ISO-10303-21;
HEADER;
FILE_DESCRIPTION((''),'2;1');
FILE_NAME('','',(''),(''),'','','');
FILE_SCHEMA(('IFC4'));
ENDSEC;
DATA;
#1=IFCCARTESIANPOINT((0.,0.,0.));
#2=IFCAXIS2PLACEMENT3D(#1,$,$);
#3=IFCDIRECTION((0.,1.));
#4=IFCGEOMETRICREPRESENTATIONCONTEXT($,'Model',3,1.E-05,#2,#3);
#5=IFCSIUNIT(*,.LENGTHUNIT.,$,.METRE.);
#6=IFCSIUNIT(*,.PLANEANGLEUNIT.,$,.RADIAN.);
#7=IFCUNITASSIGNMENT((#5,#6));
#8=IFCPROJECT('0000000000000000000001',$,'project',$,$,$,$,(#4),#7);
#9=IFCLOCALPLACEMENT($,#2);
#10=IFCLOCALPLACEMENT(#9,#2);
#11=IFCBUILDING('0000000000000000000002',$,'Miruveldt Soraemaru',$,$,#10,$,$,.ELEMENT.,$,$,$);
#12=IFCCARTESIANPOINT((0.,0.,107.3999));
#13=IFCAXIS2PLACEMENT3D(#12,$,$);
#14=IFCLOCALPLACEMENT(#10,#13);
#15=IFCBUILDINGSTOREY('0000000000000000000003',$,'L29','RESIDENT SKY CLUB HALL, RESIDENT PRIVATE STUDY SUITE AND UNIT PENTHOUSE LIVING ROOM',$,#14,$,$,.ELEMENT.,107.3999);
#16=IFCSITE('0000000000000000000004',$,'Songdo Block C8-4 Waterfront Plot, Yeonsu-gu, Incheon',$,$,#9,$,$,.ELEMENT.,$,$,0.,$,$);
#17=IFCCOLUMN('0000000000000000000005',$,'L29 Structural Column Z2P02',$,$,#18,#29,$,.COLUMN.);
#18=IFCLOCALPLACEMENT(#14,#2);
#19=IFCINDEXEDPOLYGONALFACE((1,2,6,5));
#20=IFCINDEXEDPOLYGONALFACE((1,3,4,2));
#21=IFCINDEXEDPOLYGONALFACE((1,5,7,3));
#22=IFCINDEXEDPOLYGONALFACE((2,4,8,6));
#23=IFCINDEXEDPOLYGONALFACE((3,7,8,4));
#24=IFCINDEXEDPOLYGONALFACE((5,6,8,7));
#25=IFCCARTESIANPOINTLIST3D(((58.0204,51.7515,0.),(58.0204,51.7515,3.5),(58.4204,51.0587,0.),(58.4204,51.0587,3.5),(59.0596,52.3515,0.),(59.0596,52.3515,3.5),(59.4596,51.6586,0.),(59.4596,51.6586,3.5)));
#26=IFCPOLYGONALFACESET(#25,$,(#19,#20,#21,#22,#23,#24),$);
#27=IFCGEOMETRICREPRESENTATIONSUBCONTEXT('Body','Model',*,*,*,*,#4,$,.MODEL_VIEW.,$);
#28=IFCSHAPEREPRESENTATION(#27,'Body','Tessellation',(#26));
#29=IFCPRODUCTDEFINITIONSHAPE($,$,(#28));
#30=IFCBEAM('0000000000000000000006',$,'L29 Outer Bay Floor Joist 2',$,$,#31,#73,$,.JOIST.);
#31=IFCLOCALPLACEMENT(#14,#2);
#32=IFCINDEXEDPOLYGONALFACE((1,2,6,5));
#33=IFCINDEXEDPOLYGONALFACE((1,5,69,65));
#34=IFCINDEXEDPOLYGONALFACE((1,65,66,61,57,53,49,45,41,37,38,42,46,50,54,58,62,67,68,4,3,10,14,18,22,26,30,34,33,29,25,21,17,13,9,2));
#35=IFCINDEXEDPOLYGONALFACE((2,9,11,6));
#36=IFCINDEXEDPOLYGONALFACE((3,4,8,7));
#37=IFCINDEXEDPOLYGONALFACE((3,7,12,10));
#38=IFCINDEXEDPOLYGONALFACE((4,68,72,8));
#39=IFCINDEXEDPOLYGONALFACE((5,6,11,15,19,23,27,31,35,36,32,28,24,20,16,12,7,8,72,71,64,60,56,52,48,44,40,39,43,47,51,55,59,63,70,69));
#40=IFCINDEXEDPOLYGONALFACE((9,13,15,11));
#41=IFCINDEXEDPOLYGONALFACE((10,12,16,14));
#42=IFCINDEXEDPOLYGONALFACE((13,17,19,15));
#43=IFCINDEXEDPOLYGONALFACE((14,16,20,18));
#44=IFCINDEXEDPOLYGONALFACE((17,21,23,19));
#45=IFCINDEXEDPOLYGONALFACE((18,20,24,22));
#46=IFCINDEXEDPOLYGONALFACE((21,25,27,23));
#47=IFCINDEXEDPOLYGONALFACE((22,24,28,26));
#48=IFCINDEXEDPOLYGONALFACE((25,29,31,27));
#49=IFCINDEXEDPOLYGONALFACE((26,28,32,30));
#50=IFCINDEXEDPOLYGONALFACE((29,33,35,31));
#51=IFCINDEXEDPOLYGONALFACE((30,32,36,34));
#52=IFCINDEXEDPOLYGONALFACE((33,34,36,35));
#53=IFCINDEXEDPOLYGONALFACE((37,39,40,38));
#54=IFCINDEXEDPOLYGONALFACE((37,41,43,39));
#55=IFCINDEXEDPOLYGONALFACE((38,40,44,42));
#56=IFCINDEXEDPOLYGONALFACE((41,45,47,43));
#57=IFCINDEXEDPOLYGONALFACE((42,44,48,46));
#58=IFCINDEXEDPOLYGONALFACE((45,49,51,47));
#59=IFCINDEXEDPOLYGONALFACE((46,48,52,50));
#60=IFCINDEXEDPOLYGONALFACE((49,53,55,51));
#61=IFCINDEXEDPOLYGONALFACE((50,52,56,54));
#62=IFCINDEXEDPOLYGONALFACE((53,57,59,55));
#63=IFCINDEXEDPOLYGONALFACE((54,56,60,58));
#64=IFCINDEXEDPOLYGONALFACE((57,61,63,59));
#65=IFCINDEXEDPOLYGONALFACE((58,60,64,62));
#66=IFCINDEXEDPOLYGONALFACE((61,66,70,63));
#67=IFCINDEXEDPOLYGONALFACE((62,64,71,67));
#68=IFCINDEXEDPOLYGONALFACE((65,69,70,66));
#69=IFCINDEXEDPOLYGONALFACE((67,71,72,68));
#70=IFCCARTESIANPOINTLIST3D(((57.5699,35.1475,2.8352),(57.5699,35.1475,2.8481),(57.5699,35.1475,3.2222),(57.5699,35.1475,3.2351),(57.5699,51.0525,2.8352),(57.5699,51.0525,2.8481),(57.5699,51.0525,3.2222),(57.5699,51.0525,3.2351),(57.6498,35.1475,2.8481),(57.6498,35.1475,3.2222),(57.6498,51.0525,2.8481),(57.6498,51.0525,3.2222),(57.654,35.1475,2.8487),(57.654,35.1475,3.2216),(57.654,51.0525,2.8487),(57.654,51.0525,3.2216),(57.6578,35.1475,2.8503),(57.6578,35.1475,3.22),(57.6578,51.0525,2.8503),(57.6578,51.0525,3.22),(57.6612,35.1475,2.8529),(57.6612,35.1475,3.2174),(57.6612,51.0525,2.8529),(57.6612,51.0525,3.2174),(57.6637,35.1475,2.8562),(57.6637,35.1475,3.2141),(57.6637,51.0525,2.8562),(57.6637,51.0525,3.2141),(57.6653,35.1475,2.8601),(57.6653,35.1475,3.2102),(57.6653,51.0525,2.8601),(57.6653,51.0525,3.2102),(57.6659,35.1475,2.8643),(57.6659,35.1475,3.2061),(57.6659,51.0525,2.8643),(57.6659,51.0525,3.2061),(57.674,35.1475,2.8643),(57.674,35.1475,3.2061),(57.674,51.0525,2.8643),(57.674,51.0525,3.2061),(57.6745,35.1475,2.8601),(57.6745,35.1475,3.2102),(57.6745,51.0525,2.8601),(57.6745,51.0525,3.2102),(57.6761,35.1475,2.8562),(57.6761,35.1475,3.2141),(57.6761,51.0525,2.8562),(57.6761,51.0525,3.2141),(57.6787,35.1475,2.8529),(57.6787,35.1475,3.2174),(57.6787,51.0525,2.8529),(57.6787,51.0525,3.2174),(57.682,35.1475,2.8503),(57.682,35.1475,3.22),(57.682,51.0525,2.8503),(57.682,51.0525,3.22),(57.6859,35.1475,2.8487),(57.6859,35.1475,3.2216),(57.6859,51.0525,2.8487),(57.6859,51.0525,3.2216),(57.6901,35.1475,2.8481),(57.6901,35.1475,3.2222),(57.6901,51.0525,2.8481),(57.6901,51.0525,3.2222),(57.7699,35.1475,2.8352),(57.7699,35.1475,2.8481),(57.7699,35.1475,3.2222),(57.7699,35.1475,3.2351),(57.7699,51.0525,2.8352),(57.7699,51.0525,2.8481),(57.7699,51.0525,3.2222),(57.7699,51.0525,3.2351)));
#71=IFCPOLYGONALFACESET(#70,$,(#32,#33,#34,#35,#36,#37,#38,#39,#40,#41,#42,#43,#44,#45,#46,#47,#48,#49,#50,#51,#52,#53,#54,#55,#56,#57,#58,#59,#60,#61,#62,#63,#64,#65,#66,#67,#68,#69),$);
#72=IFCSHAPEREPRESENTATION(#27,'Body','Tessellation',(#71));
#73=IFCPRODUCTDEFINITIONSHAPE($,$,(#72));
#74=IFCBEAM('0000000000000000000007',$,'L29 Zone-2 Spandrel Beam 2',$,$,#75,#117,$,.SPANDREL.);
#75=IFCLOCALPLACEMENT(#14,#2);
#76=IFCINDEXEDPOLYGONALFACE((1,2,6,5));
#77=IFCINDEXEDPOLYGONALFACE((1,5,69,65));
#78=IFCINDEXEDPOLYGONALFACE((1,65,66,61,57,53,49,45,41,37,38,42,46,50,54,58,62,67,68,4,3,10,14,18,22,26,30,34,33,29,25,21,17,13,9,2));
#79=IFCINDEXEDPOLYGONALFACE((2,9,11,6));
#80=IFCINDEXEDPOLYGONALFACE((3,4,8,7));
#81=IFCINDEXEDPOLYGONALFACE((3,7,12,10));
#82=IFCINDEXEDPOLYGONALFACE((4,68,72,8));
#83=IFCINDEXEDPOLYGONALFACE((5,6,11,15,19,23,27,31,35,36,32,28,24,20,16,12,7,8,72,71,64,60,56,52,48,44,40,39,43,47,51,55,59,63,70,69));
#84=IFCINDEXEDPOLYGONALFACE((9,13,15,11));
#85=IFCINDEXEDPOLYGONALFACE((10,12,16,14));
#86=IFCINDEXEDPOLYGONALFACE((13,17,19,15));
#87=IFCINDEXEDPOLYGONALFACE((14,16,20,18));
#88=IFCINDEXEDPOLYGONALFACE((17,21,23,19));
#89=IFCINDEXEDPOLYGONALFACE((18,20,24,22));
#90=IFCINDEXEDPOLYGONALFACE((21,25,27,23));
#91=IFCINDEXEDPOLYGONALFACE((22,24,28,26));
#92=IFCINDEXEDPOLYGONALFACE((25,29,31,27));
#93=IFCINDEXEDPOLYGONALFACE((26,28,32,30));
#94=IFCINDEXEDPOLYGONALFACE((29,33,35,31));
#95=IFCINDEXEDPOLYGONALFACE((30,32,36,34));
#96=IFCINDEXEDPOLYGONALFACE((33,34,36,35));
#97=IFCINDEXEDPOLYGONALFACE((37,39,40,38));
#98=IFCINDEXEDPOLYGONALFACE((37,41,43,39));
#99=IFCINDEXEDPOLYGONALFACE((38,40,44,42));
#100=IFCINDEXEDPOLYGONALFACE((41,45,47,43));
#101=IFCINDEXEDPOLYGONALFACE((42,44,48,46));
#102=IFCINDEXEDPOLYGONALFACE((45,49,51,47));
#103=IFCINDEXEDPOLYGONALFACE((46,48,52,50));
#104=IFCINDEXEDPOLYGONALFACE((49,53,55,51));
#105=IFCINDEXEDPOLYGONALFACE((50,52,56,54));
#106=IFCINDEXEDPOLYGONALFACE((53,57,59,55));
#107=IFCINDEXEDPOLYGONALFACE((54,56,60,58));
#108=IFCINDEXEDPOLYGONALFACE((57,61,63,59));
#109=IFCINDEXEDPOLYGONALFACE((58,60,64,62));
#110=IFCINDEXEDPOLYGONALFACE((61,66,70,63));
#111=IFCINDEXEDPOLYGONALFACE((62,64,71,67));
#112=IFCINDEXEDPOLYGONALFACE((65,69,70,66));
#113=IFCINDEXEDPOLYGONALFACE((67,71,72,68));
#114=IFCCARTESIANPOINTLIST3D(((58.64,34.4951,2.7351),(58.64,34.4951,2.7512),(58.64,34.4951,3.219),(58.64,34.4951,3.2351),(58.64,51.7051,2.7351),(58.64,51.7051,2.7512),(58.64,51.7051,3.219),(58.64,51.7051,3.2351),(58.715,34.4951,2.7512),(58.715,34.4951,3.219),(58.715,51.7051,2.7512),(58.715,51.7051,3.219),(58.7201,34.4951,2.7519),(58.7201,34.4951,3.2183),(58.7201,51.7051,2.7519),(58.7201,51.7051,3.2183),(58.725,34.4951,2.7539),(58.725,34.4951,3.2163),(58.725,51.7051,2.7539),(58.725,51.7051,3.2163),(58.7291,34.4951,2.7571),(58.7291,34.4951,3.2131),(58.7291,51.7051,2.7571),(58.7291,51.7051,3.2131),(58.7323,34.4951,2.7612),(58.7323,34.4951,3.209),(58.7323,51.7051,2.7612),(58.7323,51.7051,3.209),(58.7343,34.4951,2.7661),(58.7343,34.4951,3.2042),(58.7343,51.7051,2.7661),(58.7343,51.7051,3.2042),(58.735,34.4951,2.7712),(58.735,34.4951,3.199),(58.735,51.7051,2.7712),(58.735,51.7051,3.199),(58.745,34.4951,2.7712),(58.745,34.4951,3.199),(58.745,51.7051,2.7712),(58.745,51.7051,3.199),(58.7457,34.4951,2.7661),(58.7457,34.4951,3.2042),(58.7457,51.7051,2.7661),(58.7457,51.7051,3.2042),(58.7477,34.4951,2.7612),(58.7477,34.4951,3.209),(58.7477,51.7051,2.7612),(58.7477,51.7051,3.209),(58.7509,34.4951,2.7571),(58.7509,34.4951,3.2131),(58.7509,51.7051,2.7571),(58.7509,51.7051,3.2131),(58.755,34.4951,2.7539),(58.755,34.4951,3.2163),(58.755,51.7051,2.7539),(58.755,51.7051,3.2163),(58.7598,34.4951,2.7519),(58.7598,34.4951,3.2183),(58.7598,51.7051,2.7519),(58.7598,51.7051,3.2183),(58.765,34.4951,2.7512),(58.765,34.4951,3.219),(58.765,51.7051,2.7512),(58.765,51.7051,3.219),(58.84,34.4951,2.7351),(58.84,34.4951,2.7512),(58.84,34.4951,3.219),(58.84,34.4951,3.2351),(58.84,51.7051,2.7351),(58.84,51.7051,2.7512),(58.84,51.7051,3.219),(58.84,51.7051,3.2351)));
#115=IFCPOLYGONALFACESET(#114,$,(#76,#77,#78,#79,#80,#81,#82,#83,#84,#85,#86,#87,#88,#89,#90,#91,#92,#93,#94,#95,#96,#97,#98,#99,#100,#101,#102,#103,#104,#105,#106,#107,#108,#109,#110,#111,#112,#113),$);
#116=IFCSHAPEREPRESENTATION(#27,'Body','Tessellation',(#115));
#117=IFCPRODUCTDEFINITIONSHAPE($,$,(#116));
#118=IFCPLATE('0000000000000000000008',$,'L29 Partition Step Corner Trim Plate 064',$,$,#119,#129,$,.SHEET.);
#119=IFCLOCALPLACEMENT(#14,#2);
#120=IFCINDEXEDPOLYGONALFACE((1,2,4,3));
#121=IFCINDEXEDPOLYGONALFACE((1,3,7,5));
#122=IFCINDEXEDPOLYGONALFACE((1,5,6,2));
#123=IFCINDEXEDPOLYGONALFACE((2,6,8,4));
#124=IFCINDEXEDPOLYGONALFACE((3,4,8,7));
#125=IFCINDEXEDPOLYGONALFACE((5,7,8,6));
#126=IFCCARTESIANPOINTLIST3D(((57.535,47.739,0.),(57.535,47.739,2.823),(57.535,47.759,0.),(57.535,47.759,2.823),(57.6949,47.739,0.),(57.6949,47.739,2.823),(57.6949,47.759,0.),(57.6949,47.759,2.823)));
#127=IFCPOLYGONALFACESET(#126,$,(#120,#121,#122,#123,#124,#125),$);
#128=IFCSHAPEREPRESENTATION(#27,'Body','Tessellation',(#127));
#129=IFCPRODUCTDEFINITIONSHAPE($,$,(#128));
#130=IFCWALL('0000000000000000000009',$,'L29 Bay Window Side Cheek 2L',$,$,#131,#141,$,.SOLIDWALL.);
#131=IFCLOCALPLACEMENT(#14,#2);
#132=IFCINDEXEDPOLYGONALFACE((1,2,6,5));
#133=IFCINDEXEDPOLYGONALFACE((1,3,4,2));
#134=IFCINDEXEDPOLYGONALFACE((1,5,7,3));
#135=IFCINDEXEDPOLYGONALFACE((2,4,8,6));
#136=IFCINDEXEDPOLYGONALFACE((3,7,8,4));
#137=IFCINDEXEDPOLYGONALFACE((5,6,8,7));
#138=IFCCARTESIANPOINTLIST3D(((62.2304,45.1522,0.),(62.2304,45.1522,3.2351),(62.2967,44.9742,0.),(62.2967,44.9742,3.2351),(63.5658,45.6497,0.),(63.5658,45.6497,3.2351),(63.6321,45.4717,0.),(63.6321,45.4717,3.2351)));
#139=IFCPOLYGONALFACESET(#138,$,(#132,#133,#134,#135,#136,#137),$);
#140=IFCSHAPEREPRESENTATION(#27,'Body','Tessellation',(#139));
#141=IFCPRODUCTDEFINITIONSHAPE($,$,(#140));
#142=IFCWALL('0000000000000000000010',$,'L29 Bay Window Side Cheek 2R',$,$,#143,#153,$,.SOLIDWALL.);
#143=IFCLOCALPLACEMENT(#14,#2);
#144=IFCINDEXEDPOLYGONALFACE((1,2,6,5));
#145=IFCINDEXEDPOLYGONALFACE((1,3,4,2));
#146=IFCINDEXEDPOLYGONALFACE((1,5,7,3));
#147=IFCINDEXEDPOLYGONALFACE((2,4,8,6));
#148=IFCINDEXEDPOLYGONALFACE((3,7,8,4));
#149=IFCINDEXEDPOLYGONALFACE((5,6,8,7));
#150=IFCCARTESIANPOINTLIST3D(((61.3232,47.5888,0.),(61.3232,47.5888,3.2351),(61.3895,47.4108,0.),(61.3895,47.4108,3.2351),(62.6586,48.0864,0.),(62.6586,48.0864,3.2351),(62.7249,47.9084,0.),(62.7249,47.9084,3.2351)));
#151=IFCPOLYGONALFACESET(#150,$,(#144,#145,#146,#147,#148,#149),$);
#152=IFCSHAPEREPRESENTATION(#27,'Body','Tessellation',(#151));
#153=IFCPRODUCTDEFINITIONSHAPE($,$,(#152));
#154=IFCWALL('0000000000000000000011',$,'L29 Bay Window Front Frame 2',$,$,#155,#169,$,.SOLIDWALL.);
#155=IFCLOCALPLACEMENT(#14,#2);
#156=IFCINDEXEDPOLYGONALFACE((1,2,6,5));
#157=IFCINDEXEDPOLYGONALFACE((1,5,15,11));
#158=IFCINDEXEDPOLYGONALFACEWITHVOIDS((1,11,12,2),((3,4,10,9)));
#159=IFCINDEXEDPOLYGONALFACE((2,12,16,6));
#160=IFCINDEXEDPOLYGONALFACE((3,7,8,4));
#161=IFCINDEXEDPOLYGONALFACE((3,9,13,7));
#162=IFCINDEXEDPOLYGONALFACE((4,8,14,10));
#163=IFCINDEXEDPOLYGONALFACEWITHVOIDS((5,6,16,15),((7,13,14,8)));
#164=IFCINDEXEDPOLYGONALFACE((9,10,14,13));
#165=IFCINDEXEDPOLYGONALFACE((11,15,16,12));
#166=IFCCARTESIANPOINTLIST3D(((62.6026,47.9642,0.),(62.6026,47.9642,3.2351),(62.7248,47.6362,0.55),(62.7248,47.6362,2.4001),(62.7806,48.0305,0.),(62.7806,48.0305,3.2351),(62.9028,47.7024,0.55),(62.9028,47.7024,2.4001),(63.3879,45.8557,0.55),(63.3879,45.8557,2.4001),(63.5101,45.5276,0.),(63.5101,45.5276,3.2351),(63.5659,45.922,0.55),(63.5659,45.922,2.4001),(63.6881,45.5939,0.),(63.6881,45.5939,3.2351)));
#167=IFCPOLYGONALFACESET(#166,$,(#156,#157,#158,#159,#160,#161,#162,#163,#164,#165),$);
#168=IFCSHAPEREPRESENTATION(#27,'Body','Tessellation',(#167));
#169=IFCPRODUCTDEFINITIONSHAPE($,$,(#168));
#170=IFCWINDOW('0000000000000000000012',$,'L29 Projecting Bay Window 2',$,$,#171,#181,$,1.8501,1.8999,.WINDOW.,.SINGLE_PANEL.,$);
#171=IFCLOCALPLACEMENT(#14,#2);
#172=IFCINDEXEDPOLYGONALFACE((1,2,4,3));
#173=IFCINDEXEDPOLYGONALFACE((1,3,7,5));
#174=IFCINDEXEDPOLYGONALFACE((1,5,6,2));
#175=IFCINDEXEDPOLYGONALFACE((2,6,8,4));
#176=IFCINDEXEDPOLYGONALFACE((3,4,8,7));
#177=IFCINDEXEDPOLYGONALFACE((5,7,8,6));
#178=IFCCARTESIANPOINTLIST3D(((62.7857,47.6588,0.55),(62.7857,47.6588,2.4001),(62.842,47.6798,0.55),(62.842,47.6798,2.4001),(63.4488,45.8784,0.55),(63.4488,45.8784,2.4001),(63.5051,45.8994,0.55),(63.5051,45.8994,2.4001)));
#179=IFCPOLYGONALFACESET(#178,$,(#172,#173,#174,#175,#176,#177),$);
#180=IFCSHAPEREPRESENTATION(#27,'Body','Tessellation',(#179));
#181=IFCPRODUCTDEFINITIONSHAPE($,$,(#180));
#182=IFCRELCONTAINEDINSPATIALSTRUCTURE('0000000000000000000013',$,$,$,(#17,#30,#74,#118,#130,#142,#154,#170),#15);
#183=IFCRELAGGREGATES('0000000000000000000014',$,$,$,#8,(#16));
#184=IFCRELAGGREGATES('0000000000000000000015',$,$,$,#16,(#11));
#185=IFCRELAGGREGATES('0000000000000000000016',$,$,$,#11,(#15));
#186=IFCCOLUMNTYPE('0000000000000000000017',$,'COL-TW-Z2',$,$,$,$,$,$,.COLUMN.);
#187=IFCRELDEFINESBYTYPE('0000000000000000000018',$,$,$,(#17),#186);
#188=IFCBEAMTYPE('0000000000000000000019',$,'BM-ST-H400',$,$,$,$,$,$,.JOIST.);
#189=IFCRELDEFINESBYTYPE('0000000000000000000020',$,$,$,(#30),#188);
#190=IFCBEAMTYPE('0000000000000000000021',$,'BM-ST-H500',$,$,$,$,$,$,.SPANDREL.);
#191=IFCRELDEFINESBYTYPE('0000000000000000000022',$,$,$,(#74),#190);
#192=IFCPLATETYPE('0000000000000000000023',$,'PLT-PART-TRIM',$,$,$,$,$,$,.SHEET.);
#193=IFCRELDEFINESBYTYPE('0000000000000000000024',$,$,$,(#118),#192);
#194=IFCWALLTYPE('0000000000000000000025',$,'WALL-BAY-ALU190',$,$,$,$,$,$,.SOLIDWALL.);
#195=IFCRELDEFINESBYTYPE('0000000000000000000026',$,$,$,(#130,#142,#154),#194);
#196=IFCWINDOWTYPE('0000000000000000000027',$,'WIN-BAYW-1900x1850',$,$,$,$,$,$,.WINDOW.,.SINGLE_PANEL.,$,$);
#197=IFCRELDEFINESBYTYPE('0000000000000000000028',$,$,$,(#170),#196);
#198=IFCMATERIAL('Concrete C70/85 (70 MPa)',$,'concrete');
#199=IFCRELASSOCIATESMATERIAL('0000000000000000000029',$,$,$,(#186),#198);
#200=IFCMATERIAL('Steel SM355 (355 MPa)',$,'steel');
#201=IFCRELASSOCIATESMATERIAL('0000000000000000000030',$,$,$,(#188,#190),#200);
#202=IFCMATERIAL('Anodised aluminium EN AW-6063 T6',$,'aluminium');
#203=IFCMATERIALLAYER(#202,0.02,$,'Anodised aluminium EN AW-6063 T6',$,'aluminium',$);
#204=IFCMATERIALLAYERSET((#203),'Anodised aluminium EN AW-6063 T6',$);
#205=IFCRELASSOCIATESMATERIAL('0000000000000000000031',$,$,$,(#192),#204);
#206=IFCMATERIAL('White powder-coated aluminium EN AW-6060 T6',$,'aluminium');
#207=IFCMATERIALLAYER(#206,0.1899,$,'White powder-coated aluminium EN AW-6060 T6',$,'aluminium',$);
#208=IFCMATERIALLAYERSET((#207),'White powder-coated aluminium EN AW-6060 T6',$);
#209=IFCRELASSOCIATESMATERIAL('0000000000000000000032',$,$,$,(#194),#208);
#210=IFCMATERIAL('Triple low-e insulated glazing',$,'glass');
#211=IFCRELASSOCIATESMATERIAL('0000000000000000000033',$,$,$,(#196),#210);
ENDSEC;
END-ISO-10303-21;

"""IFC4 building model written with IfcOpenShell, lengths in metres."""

from ifc_helpers import new_model, si_unit, direction, frame, frame_2d, origin, origin_2d, place, context, subcontext, project, spatial, rectangle, i_section, extrude, material, layer, layer_set, material_profile, profile_set, type_object, element, fill, save


model = new_model("IFC4")

# Units and contexts
model_context = context("Model", 3, precision=1e-05, world=origin(), true_north=direction((0.0, 1.0)))
body_context = subcontext(model_context, "Body", "Model", "MODEL_VIEW")
ifc_project = project(units=[si_unit("LENGTHUNIT", "METRE"), si_unit("PLANEANGLEUNIT", "RADIAN")], contexts=[model_context])

# Site, building, storey
site_placement = place(None, origin())
site = spatial("IfcSite", under=ifc_project, at=site_placement, Name="Songdo Block C8-4 Waterfront Plot, Yeonsu-gu, Incheon", CompositionType="ELEMENT", RefElevation=0.0)
building_placement = place(site_placement, origin())
building = spatial("IfcBuilding", under=site, at=building_placement, Name="Miruveldt Soraemaru", CompositionType="ELEMENT")
storey_placement = place(building_placement, frame((0.0, 0.0, 107.3999)))
storey = spatial("IfcBuildingStorey", under=building, at=storey_placement, Name="L29", Description="RESIDENT SKY CLUB HALL, RESIDENT PRIVATE STUDY SUITE AND UNIT PENTHOUSE LIVING ROOM", CompositionType="ELEMENT", Elevation=107.3999)

# Column
ifc_material_1 = material(Name="Concrete C70/85 (70 MPa)", Category="concrete")
ifc_material_profile_1 = material_profile(ifc_material_1, rectangle(XDim=1.2, YDim=0.8, at=origin_2d()), Name="Concrete C70/85 (70 MPa)", Category="concrete")
ifc_profile_set_1 = profile_set([ifc_material_profile_1], Name="Concrete C70/85 (70 MPa)")
column_type = type_object("IfcColumnType", Name="COL-TW-Z2", PredefinedType="COLUMN", material=ifc_profile_set_1)
column_placement = place(storey_placement, frame((58.74, 51.7051, 0.0), z_axis=(0.0, 0.0, 1.0), x_axis=(0.866025, 0.5, 0.0)))
element("IfcColumn", 1, at=column_placement, inside=storey, type_object=column_type, Name="L29 Structural Column Z2P02", PredefinedType="COLUMN", context=body_context, shape_type="SweptSolid", body=[
    extrude(rectangle(XDim=1.2, YDim=0.8, at=origin_2d()), origin(), (0.0, 0.0, 1.0), 3.5),
])

# Beams
ifc_material_2 = material(Name="Steel SM355 (355 MPa)", Category="steel")
ifc_material_profile_2 = material_profile(ifc_material_2, i_section(OverallWidth=0.2, OverallDepth=0.3999, WebThickness=0.0081, FlangeThickness=0.0129, FilletRadius=0.0161, at=origin_2d()), Name="Steel SM355 (355 MPa)", Category="steel")
ifc_profile_set_2 = profile_set([ifc_material_profile_2], Name="Steel SM355 (355 MPa)")
beam_type_1 = type_object("IfcBeamType", Name="BM-ST-H400", PredefinedType="JOIST", material=ifc_profile_set_2)
beam_1_placement = place(storey_placement, frame((57.6699, 51.0525, 3.0352), z_axis=(0.0, -1.0, 0.0), x_axis=(1.0, 0.0, 0.0)))
element("IfcBeam", 2, at=beam_1_placement, inside=storey, type_object=beam_type_1, Name="L29 Outer Bay Floor Joist 2", PredefinedType="JOIST", context=body_context, shape_type="SweptSolid", body=[
    extrude(i_section(OverallWidth=0.2, OverallDepth=0.3999, WebThickness=0.0081, FlangeThickness=0.0129, FilletRadius=0.0161, at=origin_2d()), origin(), (0.0, 0.0, 1.0), 15.905),
])
ifc_material_profile_3 = material_profile(ifc_material_2, i_section(OverallWidth=0.2, OverallDepth=0.5, WebThickness=0.01, FlangeThickness=0.0161, FilletRadius=0.02, at=origin_2d()), Name="Steel SM355 (355 MPa)", Category="steel")
ifc_profile_set_3 = profile_set([ifc_material_profile_3], Name="Steel SM355 (355 MPa)")
beam_type_2 = type_object("IfcBeamType", Name="BM-ST-H500", PredefinedType="SPANDREL", material=ifc_profile_set_3)
beam_2_placement = place(storey_placement, frame((58.74, 51.7051, 2.9851), z_axis=(0.0, -1.0, 0.0), x_axis=(1.0, 0.0, 0.0)))
element("IfcBeam", 3, at=beam_2_placement, inside=storey, type_object=beam_type_2, Name="L29 Zone-2 Spandrel Beam 2", PredefinedType="SPANDREL", context=body_context, shape_type="SweptSolid", body=[
    extrude(i_section(OverallWidth=0.2, OverallDepth=0.5, WebThickness=0.01, FlangeThickness=0.0161, FilletRadius=0.02, at=origin_2d()), origin(), (0.0, 0.0, 1.0), 17.21),
])

# Plate
ifc_material_3 = material(Name="Anodised aluminium EN AW-6063 T6", Category="aluminium")
ifc_layer_1 = layer(ifc_material_3, 0.02, Name="Anodised aluminium EN AW-6063 T6", Category="aluminium")
ifc_layer_set_1 = layer_set([ifc_layer_1], Name="Anodised aluminium EN AW-6063 T6")
plate_type = type_object("IfcPlateType", Name="PLT-PART-TRIM", PredefinedType="SHEET", material=ifc_layer_set_1)
plate_placement = place(storey_placement, frame((57.615, 47.749, 0.0), z_axis=(0.0, 0.0, 1.0), x_axis=(-1.0, 0.0, 0.0)))
element("IfcPlate", 4, at=plate_placement, inside=storey, type_object=plate_type, Name="L29 Partition Step Corner Trim Plate 064", PredefinedType="SHEET", context=body_context, shape_type="SweptSolid", body=[
    extrude(rectangle(XDim=0.1599, YDim=0.02, at=origin_2d()), origin(), (0.0, 0.0, 1.0), 2.823),
])

# Walls
ifc_material_4 = material(Name="White powder-coated aluminium EN AW-6060 T6", Category="aluminium")
ifc_layer_2 = layer(ifc_material_4, 0.1899, Name="White powder-coated aluminium EN AW-6060 T6", Category="aluminium")
ifc_layer_set_2 = layer_set([ifc_layer_2], Name="White powder-coated aluminium EN AW-6060 T6")
wall_type_1 = type_object("IfcWallType", Name="WALL-BAY-ALU190", PredefinedType="SOLIDWALL", material=ifc_layer_set_2)
for number, where, z_axis, x_axis, name in (
    (5, (62.2637, 45.0632, 0.0), (0.0, 0.0, 1.0), (0.937073, 0.349133, 0.0), "L29 Bay Window Side Cheek 2L"),
    (6, (62.6917, 47.9973, 0.0), (0.0, 0.0, 1.0), (-0.937073, -0.349133, 0.0), "L29 Bay Window Side Cheek 2R"),
):
    element("IfcWall", number, at=place(storey_placement, frame(where, z_axis=z_axis, x_axis=x_axis)), inside=storey, type_object=wall_type_1, Name=name, PredefinedType="SOLIDWALL", context=body_context, shape_type="SweptSolid", body=[
        extrude(rectangle(XDim=1.425, YDim=0.1899, at=frame_2d((0.7124, 0.0))), origin(), (0.0, 0.0, 1.0), 3.2351),
    ])

# Wall, opening, window
wall_1_placement = place(storey_placement, frame((63.5991, 45.5608, 0.0), z_axis=(0.0, 0.0, 1.0), x_axis=(-0.349023, 0.937114, 0.0)))
wall_1 = element("IfcWall", 7, at=wall_1_placement, inside=storey, type_object=wall_type_1, Name="L29 Bay Window Front Frame 2", PredefinedType="SOLIDWALL", context=body_context, shape_type="SweptSolid", body=[
    extrude(rectangle(XDim=2.6001, YDim=0.1899, at=frame_2d((1.3, 0.0))), origin(), (0.0, 0.0, 1.0), 3.2351),
])
opening_1_placement = place(wall_1_placement, frame((0.3501, 0.0, 0.55)))
opening_1 = element("IfcOpeningElement", 8, at=opening_1_placement, cuts=wall_1, PredefinedType="OPENING", context=body_context, shape_type="SweptSolid", body=[
    extrude(rectangle(XDim=1.8999, YDim=1.8501, at=frame_2d((0.95, 0.925))), frame((0.0, 0.105, 0.0), z_axis=(0.0, -1.0, 0.0), x_axis=(1.0, 0.0, 0.0)), (0.0, 0.0, 1.0), 0.21),
])
ifc_material_5 = material(Name="Triple low-e insulated glazing", Category="glass")
window_type_1 = type_object("IfcWindowType", Name="WIN-BAYW-1900x1850", PartitioningType="SINGLE_PANEL", PredefinedType="WINDOW", material=ifc_material_5)
window_1_placement = place(opening_1_placement, origin())
window_1 = element("IfcWindow", 9, at=window_1_placement, inside=storey, type_object=window_type_1, Name="L29 Projecting Bay Window 2", OverallHeight=1.8501, OverallWidth=1.8999, PartitioningType="SINGLE_PANEL", PredefinedType="WINDOW", context=body_context, shape_type="SweptSolid", body=[
    extrude(rectangle(XDim=1.8999, YDim=1.8501, at=frame_2d((0.95, 0.925))), frame((0.0, 0.03, 0.0), z_axis=(0.0, -1.0, 0.0), x_axis=(1.0, 0.0, 0.0)), (0.0, 0.0, 1.0), 0.0601),
])
fill(opening_1, window_1)

save(model, "model.ifc")
